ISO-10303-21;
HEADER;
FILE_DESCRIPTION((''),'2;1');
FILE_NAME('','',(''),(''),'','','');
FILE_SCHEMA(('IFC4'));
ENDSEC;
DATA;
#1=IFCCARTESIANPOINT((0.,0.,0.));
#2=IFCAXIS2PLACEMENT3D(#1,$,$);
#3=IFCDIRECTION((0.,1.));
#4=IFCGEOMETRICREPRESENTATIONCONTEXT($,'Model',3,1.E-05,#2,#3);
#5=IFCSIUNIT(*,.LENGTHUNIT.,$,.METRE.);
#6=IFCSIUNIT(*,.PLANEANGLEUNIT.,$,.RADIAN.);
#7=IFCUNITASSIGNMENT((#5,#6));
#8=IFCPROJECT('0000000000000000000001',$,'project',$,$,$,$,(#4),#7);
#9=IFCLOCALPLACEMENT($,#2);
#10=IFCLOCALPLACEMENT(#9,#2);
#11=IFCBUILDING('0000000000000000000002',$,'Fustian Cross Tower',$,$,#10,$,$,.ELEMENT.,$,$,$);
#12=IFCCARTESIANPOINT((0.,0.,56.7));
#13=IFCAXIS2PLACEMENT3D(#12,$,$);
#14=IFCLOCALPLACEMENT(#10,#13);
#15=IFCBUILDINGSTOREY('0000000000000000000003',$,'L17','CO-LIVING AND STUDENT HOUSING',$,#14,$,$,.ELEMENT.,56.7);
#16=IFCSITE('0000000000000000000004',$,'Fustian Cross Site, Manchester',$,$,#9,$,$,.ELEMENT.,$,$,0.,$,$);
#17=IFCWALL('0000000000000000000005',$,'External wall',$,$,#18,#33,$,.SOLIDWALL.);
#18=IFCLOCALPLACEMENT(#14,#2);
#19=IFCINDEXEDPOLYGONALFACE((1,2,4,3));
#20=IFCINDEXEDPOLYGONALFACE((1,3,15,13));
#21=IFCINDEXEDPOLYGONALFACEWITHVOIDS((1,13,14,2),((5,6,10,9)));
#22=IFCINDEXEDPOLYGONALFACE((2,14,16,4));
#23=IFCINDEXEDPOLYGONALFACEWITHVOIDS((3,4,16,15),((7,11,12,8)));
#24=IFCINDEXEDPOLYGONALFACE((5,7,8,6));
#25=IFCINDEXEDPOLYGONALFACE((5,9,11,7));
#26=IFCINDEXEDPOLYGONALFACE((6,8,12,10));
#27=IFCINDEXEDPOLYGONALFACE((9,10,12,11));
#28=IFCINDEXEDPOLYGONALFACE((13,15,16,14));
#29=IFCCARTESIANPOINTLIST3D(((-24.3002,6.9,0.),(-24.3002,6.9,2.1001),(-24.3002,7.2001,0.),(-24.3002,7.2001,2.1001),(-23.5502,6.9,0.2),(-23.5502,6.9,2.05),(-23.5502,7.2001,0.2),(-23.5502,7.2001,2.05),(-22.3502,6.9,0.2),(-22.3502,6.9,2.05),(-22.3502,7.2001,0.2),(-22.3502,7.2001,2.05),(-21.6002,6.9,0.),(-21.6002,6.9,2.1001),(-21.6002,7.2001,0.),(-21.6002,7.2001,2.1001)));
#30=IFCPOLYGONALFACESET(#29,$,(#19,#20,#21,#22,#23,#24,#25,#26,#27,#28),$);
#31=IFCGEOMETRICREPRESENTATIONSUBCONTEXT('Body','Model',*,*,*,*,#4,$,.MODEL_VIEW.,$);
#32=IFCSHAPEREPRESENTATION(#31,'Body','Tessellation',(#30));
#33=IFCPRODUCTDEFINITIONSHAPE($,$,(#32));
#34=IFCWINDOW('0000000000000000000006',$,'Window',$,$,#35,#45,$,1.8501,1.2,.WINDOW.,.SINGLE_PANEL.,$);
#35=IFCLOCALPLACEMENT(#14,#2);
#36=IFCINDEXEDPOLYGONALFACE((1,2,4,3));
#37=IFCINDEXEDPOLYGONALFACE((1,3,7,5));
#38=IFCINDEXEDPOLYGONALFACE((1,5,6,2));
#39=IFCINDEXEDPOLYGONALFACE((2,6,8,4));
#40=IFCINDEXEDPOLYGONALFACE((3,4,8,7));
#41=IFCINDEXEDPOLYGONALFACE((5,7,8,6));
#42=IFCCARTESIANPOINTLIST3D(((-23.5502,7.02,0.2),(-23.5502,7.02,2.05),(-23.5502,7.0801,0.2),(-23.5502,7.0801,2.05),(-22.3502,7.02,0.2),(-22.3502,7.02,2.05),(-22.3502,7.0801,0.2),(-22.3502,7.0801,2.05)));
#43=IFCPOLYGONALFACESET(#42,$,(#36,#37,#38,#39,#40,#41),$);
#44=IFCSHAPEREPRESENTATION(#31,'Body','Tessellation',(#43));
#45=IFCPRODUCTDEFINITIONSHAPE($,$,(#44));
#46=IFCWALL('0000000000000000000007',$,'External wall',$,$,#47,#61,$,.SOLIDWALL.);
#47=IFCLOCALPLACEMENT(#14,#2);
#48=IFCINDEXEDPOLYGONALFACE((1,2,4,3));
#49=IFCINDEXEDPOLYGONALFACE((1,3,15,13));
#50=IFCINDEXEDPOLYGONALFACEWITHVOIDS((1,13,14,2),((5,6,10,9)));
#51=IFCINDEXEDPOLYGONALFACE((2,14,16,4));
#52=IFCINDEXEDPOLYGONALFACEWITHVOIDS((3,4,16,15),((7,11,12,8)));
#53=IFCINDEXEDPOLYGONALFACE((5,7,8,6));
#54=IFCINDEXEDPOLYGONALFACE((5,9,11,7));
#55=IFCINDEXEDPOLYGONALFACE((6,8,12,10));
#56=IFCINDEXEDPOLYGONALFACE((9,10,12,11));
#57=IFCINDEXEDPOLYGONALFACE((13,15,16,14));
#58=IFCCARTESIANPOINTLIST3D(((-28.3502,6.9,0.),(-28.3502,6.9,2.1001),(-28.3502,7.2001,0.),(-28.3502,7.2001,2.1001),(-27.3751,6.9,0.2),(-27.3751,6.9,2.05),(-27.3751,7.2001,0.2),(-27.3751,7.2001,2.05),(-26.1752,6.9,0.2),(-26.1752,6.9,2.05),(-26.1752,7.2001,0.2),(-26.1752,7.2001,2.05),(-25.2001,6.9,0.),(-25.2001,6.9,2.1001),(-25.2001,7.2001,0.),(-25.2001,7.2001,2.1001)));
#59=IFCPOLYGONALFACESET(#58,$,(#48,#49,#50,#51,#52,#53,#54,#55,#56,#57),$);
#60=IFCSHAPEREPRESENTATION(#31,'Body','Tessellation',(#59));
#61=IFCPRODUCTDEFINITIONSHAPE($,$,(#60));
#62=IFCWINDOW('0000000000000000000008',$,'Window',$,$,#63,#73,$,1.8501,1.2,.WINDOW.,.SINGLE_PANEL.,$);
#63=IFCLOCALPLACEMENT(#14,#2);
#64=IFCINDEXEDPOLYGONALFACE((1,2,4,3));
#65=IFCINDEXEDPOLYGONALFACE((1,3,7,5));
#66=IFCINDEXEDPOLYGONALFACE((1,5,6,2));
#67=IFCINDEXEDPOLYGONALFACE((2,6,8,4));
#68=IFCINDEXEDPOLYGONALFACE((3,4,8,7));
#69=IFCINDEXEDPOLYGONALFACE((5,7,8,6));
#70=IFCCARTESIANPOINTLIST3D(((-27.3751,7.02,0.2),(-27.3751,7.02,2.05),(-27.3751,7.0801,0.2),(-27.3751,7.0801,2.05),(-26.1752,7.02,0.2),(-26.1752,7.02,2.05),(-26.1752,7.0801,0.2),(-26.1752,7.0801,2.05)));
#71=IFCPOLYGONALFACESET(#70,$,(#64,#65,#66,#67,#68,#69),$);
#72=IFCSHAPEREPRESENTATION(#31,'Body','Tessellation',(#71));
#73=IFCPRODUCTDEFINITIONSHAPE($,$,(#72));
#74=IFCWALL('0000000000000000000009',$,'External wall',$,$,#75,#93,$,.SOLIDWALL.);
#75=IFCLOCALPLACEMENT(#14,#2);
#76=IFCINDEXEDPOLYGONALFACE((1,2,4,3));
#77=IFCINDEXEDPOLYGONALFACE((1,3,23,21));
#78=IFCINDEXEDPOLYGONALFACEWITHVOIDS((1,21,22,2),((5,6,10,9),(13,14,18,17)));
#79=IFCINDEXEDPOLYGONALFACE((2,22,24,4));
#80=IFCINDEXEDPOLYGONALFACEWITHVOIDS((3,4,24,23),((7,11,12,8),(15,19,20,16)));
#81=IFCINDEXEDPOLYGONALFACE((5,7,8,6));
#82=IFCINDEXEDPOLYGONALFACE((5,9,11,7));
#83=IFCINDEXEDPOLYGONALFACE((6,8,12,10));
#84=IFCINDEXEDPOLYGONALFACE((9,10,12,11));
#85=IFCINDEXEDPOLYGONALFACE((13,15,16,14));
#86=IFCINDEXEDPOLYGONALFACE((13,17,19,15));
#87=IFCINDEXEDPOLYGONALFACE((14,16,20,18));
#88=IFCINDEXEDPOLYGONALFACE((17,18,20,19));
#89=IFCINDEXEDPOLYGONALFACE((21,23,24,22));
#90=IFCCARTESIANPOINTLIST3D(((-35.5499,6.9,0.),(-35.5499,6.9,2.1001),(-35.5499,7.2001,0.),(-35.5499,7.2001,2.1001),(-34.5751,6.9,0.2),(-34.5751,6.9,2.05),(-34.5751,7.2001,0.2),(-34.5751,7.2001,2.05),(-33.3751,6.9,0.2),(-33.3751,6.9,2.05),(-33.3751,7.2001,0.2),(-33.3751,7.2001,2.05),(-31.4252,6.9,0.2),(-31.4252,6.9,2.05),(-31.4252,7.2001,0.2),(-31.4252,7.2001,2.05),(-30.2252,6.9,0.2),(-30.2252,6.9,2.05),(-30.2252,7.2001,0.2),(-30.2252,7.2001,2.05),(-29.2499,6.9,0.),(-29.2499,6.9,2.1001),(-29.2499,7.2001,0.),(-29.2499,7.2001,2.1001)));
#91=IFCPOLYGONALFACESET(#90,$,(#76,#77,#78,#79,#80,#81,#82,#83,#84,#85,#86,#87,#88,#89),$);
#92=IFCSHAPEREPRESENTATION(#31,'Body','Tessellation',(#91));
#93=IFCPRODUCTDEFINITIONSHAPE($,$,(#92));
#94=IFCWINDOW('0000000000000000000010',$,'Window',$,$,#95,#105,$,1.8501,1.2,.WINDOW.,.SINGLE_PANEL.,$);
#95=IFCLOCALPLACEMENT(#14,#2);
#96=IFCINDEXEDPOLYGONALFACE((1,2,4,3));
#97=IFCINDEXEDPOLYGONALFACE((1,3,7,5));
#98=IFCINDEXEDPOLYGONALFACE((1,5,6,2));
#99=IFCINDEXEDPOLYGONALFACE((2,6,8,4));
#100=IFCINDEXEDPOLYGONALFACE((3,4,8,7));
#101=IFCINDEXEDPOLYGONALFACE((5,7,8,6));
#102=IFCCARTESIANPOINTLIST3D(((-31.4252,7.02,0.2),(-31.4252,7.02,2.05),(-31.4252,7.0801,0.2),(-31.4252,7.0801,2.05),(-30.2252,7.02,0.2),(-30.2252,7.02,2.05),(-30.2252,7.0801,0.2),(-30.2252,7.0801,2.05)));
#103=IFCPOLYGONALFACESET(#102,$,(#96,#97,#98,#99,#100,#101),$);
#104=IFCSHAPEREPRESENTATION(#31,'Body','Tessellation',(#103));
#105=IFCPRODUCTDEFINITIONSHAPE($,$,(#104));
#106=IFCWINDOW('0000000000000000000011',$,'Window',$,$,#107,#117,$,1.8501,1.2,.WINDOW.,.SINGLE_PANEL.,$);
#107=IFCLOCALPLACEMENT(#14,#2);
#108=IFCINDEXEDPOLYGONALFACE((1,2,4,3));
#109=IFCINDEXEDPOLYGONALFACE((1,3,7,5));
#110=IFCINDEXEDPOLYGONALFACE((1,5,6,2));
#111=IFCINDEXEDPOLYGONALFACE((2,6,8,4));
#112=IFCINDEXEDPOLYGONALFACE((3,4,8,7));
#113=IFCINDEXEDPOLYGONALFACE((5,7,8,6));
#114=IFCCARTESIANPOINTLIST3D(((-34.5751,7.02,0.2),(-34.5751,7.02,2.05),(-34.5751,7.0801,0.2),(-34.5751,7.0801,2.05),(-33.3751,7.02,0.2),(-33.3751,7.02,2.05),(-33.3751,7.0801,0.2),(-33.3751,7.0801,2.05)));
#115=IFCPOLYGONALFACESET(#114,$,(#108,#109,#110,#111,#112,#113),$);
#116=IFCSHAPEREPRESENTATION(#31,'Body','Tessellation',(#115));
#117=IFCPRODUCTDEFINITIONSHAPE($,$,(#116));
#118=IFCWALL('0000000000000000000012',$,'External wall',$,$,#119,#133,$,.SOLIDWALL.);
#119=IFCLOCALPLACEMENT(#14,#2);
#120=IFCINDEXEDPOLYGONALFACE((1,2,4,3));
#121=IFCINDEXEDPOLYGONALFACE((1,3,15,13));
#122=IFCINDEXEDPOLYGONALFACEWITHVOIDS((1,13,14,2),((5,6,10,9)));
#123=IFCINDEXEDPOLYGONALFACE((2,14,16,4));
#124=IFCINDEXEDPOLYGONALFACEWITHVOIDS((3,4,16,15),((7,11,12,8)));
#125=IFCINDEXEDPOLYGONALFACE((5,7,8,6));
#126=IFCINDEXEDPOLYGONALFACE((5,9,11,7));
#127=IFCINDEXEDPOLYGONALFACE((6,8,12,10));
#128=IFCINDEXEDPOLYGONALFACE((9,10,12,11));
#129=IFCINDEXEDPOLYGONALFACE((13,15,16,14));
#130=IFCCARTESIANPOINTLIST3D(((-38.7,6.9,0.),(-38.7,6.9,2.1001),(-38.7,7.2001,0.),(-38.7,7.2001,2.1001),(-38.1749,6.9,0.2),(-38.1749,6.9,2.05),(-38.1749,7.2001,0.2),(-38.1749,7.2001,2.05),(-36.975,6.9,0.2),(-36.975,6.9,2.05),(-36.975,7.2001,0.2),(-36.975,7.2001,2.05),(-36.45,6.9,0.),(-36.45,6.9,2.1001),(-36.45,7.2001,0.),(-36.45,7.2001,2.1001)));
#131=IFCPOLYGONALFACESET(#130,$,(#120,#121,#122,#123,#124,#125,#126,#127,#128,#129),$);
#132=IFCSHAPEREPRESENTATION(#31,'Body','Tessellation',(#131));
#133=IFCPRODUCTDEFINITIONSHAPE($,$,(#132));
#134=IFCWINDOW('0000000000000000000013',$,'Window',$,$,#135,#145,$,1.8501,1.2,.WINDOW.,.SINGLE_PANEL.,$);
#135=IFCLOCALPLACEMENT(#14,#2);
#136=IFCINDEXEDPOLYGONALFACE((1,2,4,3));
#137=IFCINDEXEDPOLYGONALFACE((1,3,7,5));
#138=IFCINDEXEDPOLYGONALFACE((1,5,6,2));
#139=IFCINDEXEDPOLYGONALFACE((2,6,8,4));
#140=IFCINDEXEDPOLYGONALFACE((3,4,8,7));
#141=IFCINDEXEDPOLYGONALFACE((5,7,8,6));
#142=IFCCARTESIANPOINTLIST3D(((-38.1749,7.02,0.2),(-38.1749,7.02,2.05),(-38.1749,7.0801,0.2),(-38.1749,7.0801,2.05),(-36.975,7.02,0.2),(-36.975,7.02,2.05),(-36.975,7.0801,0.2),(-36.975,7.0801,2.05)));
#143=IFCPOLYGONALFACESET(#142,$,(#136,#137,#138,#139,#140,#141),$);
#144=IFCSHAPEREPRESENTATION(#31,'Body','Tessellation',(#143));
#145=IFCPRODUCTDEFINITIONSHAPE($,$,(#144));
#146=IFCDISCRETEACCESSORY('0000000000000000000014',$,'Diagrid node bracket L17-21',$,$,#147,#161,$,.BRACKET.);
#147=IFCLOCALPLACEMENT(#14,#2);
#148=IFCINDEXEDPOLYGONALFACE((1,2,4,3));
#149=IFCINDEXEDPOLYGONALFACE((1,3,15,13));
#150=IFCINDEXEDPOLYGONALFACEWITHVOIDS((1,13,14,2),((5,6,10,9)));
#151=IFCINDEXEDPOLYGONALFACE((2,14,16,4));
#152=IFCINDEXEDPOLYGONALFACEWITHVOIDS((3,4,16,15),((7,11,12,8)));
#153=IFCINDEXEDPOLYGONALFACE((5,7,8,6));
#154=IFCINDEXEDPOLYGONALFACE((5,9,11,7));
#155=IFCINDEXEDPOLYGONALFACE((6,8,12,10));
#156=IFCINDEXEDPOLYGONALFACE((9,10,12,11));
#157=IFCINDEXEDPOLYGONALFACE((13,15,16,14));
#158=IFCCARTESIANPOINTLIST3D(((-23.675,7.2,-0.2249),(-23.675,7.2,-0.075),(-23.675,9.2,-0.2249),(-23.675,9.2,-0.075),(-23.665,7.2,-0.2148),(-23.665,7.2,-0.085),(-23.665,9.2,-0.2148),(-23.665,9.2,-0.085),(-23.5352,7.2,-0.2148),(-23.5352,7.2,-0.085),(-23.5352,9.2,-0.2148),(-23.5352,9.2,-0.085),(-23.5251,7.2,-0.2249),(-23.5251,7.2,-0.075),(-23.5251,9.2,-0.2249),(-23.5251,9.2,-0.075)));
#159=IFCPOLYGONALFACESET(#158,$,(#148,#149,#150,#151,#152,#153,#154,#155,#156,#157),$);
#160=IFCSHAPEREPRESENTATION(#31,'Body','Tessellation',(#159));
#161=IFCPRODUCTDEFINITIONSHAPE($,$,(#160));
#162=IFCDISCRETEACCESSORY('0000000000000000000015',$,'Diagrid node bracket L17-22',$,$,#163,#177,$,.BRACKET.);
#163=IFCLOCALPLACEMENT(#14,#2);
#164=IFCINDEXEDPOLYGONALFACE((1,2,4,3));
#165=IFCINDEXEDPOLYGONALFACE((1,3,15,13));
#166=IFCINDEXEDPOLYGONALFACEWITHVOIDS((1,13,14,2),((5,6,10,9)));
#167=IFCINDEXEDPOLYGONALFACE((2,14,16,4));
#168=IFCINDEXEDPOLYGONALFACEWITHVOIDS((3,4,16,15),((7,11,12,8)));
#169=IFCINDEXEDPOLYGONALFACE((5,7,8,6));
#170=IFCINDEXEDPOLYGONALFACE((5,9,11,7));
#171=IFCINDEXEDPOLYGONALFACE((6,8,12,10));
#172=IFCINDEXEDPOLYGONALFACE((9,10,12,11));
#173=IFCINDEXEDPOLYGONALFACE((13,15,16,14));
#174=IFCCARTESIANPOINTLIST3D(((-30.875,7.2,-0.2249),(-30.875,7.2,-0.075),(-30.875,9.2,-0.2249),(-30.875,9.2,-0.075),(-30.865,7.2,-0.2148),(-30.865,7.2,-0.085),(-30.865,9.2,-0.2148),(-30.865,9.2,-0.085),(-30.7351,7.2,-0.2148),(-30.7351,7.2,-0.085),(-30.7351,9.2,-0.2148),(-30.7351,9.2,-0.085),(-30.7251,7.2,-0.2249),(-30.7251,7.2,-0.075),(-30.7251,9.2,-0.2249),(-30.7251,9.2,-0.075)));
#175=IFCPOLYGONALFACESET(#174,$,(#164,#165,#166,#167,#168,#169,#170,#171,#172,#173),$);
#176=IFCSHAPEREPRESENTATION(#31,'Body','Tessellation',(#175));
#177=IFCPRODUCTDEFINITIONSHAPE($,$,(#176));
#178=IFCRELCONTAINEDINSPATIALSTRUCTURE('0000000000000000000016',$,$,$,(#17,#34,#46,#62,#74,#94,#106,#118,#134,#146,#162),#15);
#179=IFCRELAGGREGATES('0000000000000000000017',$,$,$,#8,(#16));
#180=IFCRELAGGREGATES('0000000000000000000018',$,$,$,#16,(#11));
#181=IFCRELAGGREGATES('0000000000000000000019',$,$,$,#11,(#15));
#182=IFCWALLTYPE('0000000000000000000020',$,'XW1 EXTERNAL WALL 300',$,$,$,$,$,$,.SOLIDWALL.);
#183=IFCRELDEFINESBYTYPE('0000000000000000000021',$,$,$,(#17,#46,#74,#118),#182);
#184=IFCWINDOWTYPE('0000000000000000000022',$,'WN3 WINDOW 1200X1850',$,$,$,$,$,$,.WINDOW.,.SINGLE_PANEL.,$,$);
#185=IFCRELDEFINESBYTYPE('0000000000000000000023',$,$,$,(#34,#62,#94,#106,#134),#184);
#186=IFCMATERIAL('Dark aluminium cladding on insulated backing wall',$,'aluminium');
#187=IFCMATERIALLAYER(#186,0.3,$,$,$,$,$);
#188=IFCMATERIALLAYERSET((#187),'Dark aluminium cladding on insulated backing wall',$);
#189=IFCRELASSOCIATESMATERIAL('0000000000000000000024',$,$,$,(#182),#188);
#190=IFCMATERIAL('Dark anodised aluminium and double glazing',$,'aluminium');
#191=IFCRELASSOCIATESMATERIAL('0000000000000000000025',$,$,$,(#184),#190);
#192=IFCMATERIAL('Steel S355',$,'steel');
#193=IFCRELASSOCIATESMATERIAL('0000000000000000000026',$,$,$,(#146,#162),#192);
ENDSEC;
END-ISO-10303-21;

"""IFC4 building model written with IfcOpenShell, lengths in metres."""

from ifc_helpers import new_model, si_unit, direction, frame, frame_2d, origin, origin_2d, place, context, subcontext, project, spatial, rectangle, hollow_rectangle, extrude, material, layer, layer_set, type_object, element, fill, save


model = new_model("IFC4")

# Units and contexts
model_context = context("Model", 3, precision=1e-05, world=origin(), true_north=direction((0.0, 1.0)))
body_context = subcontext(model_context, "Body", "Model", "MODEL_VIEW")
ifc_project = project(units=[si_unit("LENGTHUNIT", "METRE"), si_unit("PLANEANGLEUNIT", "RADIAN")], contexts=[model_context])

# Site, building, storey
site_placement = place(None, origin())
site = spatial("IfcSite", under=ifc_project, at=site_placement, Name="Fustian Cross Site, Manchester", CompositionType="ELEMENT", RefElevation=0.0)
building_placement = place(site_placement, origin())
building = spatial("IfcBuilding", under=site, at=building_placement, Name="Fustian Cross Tower", CompositionType="ELEMENT")
storey_placement = place(building_placement, frame((0.0, 0.0, 56.7)))
storey = spatial("IfcBuildingStorey", under=building, at=storey_placement, Name="L17", Description="CO-LIVING AND STUDENT HOUSING", CompositionType="ELEMENT", Elevation=56.7)

# Walls, openings, windows
ifc_material_1 = material(Name="Dark aluminium cladding on insulated backing wall", Category="aluminium")
ifc_layer = layer(ifc_material_1, 0.3)
ifc_layer_set = layer_set([ifc_layer], Name="Dark aluminium cladding on insulated backing wall")
wall_type = type_object("IfcWallType", Name="XW1 EXTERNAL WALL 300", PredefinedType="SOLIDWALL", material=ifc_layer_set)
wall_1_placement = place(storey_placement, frame((-21.6001, 7.05, 0.0), z_axis=(0.0, 0.0, 1.0), x_axis=(-1.0, 0.0, 0.0)))
wall_1 = element("IfcWall", 1, at=wall_1_placement, inside=storey, type_object=wall_type, Name="External wall", PredefinedType="SOLIDWALL", context=body_context, shape_type="SweptSolid", body=[
    extrude(rectangle(XDim=2.7, YDim=0.3, at=frame_2d((1.3501, 0.0))), origin(), (0.0, 0.0, 1.0), 2.1001),
])
opening_1_placement = place(wall_1_placement, frame((0.75, 0.0, 0.2)))
opening_1 = element("IfcOpeningElement", 2, at=opening_1_placement, cuts=wall_1, PredefinedType="OPENING", context=body_context, shape_type="SweptSolid", body=[
    extrude(rectangle(XDim=1.2, YDim=1.8501, at=frame_2d((0.6001, 0.925))), frame((0.0, 0.1599, 0.0), z_axis=(0.0, -1.0, 0.0), x_axis=(1.0, 0.0, 0.0)), (0.0, 0.0, 1.0), 0.3201),
])
ifc_material_2 = material(Name="Dark anodised aluminium and double glazing", Category="aluminium")
window_type = type_object("IfcWindowType", Name="WN3 WINDOW 1200X1850", PartitioningType="SINGLE_PANEL", PredefinedType="WINDOW", material=ifc_material_2)
window_1_placement = place(opening_1_placement, origin())
window_1 = element("IfcWindow", 3, at=window_1_placement, inside=storey, type_object=window_type, Name="Window", OverallHeight=1.8501, OverallWidth=1.2, PartitioningType="SINGLE_PANEL", PredefinedType="WINDOW", context=body_context, shape_type="SweptSolid", body=[
    extrude(rectangle(XDim=1.2, YDim=1.8501, at=frame_2d((0.6001, 0.925))), frame((0.0, 0.03, 0.0), z_axis=(0.0, -1.0, 0.0), x_axis=(1.0, 0.0, 0.0)), (0.0, 0.0, 1.0), 0.0601),
])
fill(opening_1, window_1)
wall_2_placement = place(storey_placement, frame((-25.2, 7.05, 0.0), z_axis=(0.0, 0.0, 1.0), x_axis=(-1.0, 0.0, 0.0)))
wall_2 = element("IfcWall", 4, at=wall_2_placement, inside=storey, type_object=wall_type, Name="External wall", PredefinedType="SOLIDWALL", context=body_context, shape_type="SweptSolid", body=[
    extrude(rectangle(XDim=3.1501, YDim=0.3, at=frame_2d((1.5752, 0.0))), origin(), (0.0, 0.0, 1.0), 2.1001),
])
opening_2_placement = place(wall_2_placement, frame((0.9751, 0.0, 0.2)))
opening_2 = element("IfcOpeningElement", 5, at=opening_2_placement, cuts=wall_2, PredefinedType="OPENING", context=body_context, shape_type="SweptSolid", body=[
    extrude(rectangle(XDim=1.2, YDim=1.8501, at=frame_2d((0.6001, 0.925))), frame((0.0, 0.1599, 0.0), z_axis=(0.0, -1.0, 0.0), x_axis=(1.0, 0.0, 0.0)), (0.0, 0.0, 1.0), 0.3201),
])
window_2_placement = place(opening_2_placement, origin())
window_2 = element("IfcWindow", 6, at=window_2_placement, inside=storey, type_object=window_type, Name="Window", OverallHeight=1.8501, OverallWidth=1.2, PartitioningType="SINGLE_PANEL", PredefinedType="WINDOW", context=body_context, shape_type="SweptSolid", body=[
    extrude(rectangle(XDim=1.2, YDim=1.8501, at=frame_2d((0.6001, 0.925))), frame((0.0, 0.03, 0.0), z_axis=(0.0, -1.0, 0.0), x_axis=(1.0, 0.0, 0.0)), (0.0, 0.0, 1.0), 0.0601),
])
fill(opening_2, window_2)

# Wall, openings, windows
wall_3_placement = place(storey_placement, frame((-29.25, 7.05, 0.0), z_axis=(0.0, 0.0, 1.0), x_axis=(-1.0, 0.0, 0.0)))
wall_3 = element("IfcWall", 7, at=wall_3_placement, inside=storey, type_object=wall_type, Name="External wall", PredefinedType="SOLIDWALL", context=body_context, shape_type="SweptSolid", body=[
    extrude(rectangle(XDim=6.3, YDim=0.3, at=frame_2d((3.1499, 0.0))), origin(), (0.0, 0.0, 1.0), 2.1001),
])
opening_3_placement = place(wall_3_placement, frame((0.9751, 0.0, 0.2)))
opening_3 = element("IfcOpeningElement", 8, at=opening_3_placement, cuts=wall_3, PredefinedType="OPENING", context=body_context, shape_type="SweptSolid", body=[
    extrude(rectangle(XDim=1.2, YDim=1.8501, at=frame_2d((0.6001, 0.925))), frame((0.0, 0.1599, 0.0), z_axis=(0.0, -1.0, 0.0), x_axis=(1.0, 0.0, 0.0)), (0.0, 0.0, 1.0), 0.3201),
])
opening_4_placement = place(wall_3_placement, frame((4.125, 0.0, 0.2)))
opening_4 = element("IfcOpeningElement", 9, at=opening_4_placement, cuts=wall_3, PredefinedType="OPENING", context=body_context, shape_type="SweptSolid", body=[
    extrude(rectangle(XDim=1.2, YDim=1.8501, at=frame_2d((0.6001, 0.925))), frame((0.0, 0.1599, 0.0), z_axis=(0.0, -1.0, 0.0), x_axis=(1.0, 0.0, 0.0)), (0.0, 0.0, 1.0), 0.3201),
])
window_3_placement = place(opening_3_placement, origin())
window_3 = element("IfcWindow", 10, at=window_3_placement, inside=storey, type_object=window_type, Name="Window", OverallHeight=1.8501, OverallWidth=1.2, PartitioningType="SINGLE_PANEL", PredefinedType="WINDOW", context=body_context, shape_type="SweptSolid", body=[
    extrude(rectangle(XDim=1.2, YDim=1.8501, at=frame_2d((0.6001, 0.925))), frame((0.0, 0.03, 0.0), z_axis=(0.0, -1.0, 0.0), x_axis=(1.0, 0.0, 0.0)), (0.0, 0.0, 1.0), 0.0601),
])
fill(opening_3, window_3)
window_4_placement = place(opening_4_placement, origin())
window_4 = element("IfcWindow", 11, at=window_4_placement, inside=storey, type_object=window_type, Name="Window", OverallHeight=1.8501, OverallWidth=1.2, PartitioningType="SINGLE_PANEL", PredefinedType="WINDOW", context=body_context, shape_type="SweptSolid", body=[
    extrude(rectangle(XDim=1.2, YDim=1.8501, at=frame_2d((0.6001, 0.925))), frame((0.0, 0.03, 0.0), z_axis=(0.0, -1.0, 0.0), x_axis=(1.0, 0.0, 0.0)), (0.0, 0.0, 1.0), 0.0601),
])
fill(opening_4, window_4)

# Wall, opening, window
wall_4_placement = place(storey_placement, frame((-36.45, 7.05, 0.0), z_axis=(0.0, 0.0, 1.0), x_axis=(-1.0, 0.0, 0.0)))
wall_4 = element("IfcWall", 12, at=wall_4_placement, inside=storey, type_object=wall_type, Name="External wall", PredefinedType="SOLIDWALL", context=body_context, shape_type="SweptSolid", body=[
    extrude(rectangle(XDim=2.25, YDim=0.3, at=frame_2d((1.125, 0.0))), origin(), (0.0, 0.0, 1.0), 2.1001),
])
opening_5_placement = place(wall_4_placement, frame((0.5249, 0.0, 0.2)))
opening_5 = element("IfcOpeningElement", 13, at=opening_5_placement, cuts=wall_4, PredefinedType="OPENING", context=body_context, shape_type="SweptSolid", body=[
    extrude(rectangle(XDim=1.2, YDim=1.8501, at=frame_2d((0.6001, 0.925))), frame((0.0, 0.1599, 0.0), z_axis=(0.0, -1.0, 0.0), x_axis=(1.0, 0.0, 0.0)), (0.0, 0.0, 1.0), 0.3201),
])
window_5_placement = place(opening_5_placement, origin())
window_5 = element("IfcWindow", 14, at=window_5_placement, inside=storey, type_object=window_type, Name="Window", OverallHeight=1.8501, OverallWidth=1.2, PartitioningType="SINGLE_PANEL", PredefinedType="WINDOW", context=body_context, shape_type="SweptSolid", body=[
    extrude(rectangle(XDim=1.2, YDim=1.8501, at=frame_2d((0.6001, 0.925))), frame((0.0, 0.03, 0.0), z_axis=(0.0, -1.0, 0.0), x_axis=(1.0, 0.0, 0.0)), (0.0, 0.0, 1.0), 0.0601),
])
fill(opening_5, window_5)

# Discrete accessories
ifc_material_3 = material(Name="Steel S355", Category="steel")
for number, where, z_axis, x_axis, name in (
    (15, (-23.6001, 9.2, -0.1499), (0.0, -1.0, 0.0), (1.0, 0.0, 0.0), "Diagrid node bracket L17-21"),
    (16, (-30.8, 9.2, -0.1499), (0.0, -1.0, 0.0), (1.0, 0.0, 0.0), "Diagrid node bracket L17-22"),
):
    element("IfcDiscreteAccessory", number, at=place(storey_placement, frame(where, z_axis=z_axis, x_axis=x_axis)), inside=storey, material=ifc_material_3, Name=name, PredefinedType="BRACKET", context=body_context, shape_type="SweptSolid", body=[
        extrude(hollow_rectangle(XDim=0.1499, YDim=0.1499, WallThickness=0.01, at=origin_2d()), origin(), (0.0, 0.0, 1.0), 2.0),
    ])

save(model, "model.ifc")
